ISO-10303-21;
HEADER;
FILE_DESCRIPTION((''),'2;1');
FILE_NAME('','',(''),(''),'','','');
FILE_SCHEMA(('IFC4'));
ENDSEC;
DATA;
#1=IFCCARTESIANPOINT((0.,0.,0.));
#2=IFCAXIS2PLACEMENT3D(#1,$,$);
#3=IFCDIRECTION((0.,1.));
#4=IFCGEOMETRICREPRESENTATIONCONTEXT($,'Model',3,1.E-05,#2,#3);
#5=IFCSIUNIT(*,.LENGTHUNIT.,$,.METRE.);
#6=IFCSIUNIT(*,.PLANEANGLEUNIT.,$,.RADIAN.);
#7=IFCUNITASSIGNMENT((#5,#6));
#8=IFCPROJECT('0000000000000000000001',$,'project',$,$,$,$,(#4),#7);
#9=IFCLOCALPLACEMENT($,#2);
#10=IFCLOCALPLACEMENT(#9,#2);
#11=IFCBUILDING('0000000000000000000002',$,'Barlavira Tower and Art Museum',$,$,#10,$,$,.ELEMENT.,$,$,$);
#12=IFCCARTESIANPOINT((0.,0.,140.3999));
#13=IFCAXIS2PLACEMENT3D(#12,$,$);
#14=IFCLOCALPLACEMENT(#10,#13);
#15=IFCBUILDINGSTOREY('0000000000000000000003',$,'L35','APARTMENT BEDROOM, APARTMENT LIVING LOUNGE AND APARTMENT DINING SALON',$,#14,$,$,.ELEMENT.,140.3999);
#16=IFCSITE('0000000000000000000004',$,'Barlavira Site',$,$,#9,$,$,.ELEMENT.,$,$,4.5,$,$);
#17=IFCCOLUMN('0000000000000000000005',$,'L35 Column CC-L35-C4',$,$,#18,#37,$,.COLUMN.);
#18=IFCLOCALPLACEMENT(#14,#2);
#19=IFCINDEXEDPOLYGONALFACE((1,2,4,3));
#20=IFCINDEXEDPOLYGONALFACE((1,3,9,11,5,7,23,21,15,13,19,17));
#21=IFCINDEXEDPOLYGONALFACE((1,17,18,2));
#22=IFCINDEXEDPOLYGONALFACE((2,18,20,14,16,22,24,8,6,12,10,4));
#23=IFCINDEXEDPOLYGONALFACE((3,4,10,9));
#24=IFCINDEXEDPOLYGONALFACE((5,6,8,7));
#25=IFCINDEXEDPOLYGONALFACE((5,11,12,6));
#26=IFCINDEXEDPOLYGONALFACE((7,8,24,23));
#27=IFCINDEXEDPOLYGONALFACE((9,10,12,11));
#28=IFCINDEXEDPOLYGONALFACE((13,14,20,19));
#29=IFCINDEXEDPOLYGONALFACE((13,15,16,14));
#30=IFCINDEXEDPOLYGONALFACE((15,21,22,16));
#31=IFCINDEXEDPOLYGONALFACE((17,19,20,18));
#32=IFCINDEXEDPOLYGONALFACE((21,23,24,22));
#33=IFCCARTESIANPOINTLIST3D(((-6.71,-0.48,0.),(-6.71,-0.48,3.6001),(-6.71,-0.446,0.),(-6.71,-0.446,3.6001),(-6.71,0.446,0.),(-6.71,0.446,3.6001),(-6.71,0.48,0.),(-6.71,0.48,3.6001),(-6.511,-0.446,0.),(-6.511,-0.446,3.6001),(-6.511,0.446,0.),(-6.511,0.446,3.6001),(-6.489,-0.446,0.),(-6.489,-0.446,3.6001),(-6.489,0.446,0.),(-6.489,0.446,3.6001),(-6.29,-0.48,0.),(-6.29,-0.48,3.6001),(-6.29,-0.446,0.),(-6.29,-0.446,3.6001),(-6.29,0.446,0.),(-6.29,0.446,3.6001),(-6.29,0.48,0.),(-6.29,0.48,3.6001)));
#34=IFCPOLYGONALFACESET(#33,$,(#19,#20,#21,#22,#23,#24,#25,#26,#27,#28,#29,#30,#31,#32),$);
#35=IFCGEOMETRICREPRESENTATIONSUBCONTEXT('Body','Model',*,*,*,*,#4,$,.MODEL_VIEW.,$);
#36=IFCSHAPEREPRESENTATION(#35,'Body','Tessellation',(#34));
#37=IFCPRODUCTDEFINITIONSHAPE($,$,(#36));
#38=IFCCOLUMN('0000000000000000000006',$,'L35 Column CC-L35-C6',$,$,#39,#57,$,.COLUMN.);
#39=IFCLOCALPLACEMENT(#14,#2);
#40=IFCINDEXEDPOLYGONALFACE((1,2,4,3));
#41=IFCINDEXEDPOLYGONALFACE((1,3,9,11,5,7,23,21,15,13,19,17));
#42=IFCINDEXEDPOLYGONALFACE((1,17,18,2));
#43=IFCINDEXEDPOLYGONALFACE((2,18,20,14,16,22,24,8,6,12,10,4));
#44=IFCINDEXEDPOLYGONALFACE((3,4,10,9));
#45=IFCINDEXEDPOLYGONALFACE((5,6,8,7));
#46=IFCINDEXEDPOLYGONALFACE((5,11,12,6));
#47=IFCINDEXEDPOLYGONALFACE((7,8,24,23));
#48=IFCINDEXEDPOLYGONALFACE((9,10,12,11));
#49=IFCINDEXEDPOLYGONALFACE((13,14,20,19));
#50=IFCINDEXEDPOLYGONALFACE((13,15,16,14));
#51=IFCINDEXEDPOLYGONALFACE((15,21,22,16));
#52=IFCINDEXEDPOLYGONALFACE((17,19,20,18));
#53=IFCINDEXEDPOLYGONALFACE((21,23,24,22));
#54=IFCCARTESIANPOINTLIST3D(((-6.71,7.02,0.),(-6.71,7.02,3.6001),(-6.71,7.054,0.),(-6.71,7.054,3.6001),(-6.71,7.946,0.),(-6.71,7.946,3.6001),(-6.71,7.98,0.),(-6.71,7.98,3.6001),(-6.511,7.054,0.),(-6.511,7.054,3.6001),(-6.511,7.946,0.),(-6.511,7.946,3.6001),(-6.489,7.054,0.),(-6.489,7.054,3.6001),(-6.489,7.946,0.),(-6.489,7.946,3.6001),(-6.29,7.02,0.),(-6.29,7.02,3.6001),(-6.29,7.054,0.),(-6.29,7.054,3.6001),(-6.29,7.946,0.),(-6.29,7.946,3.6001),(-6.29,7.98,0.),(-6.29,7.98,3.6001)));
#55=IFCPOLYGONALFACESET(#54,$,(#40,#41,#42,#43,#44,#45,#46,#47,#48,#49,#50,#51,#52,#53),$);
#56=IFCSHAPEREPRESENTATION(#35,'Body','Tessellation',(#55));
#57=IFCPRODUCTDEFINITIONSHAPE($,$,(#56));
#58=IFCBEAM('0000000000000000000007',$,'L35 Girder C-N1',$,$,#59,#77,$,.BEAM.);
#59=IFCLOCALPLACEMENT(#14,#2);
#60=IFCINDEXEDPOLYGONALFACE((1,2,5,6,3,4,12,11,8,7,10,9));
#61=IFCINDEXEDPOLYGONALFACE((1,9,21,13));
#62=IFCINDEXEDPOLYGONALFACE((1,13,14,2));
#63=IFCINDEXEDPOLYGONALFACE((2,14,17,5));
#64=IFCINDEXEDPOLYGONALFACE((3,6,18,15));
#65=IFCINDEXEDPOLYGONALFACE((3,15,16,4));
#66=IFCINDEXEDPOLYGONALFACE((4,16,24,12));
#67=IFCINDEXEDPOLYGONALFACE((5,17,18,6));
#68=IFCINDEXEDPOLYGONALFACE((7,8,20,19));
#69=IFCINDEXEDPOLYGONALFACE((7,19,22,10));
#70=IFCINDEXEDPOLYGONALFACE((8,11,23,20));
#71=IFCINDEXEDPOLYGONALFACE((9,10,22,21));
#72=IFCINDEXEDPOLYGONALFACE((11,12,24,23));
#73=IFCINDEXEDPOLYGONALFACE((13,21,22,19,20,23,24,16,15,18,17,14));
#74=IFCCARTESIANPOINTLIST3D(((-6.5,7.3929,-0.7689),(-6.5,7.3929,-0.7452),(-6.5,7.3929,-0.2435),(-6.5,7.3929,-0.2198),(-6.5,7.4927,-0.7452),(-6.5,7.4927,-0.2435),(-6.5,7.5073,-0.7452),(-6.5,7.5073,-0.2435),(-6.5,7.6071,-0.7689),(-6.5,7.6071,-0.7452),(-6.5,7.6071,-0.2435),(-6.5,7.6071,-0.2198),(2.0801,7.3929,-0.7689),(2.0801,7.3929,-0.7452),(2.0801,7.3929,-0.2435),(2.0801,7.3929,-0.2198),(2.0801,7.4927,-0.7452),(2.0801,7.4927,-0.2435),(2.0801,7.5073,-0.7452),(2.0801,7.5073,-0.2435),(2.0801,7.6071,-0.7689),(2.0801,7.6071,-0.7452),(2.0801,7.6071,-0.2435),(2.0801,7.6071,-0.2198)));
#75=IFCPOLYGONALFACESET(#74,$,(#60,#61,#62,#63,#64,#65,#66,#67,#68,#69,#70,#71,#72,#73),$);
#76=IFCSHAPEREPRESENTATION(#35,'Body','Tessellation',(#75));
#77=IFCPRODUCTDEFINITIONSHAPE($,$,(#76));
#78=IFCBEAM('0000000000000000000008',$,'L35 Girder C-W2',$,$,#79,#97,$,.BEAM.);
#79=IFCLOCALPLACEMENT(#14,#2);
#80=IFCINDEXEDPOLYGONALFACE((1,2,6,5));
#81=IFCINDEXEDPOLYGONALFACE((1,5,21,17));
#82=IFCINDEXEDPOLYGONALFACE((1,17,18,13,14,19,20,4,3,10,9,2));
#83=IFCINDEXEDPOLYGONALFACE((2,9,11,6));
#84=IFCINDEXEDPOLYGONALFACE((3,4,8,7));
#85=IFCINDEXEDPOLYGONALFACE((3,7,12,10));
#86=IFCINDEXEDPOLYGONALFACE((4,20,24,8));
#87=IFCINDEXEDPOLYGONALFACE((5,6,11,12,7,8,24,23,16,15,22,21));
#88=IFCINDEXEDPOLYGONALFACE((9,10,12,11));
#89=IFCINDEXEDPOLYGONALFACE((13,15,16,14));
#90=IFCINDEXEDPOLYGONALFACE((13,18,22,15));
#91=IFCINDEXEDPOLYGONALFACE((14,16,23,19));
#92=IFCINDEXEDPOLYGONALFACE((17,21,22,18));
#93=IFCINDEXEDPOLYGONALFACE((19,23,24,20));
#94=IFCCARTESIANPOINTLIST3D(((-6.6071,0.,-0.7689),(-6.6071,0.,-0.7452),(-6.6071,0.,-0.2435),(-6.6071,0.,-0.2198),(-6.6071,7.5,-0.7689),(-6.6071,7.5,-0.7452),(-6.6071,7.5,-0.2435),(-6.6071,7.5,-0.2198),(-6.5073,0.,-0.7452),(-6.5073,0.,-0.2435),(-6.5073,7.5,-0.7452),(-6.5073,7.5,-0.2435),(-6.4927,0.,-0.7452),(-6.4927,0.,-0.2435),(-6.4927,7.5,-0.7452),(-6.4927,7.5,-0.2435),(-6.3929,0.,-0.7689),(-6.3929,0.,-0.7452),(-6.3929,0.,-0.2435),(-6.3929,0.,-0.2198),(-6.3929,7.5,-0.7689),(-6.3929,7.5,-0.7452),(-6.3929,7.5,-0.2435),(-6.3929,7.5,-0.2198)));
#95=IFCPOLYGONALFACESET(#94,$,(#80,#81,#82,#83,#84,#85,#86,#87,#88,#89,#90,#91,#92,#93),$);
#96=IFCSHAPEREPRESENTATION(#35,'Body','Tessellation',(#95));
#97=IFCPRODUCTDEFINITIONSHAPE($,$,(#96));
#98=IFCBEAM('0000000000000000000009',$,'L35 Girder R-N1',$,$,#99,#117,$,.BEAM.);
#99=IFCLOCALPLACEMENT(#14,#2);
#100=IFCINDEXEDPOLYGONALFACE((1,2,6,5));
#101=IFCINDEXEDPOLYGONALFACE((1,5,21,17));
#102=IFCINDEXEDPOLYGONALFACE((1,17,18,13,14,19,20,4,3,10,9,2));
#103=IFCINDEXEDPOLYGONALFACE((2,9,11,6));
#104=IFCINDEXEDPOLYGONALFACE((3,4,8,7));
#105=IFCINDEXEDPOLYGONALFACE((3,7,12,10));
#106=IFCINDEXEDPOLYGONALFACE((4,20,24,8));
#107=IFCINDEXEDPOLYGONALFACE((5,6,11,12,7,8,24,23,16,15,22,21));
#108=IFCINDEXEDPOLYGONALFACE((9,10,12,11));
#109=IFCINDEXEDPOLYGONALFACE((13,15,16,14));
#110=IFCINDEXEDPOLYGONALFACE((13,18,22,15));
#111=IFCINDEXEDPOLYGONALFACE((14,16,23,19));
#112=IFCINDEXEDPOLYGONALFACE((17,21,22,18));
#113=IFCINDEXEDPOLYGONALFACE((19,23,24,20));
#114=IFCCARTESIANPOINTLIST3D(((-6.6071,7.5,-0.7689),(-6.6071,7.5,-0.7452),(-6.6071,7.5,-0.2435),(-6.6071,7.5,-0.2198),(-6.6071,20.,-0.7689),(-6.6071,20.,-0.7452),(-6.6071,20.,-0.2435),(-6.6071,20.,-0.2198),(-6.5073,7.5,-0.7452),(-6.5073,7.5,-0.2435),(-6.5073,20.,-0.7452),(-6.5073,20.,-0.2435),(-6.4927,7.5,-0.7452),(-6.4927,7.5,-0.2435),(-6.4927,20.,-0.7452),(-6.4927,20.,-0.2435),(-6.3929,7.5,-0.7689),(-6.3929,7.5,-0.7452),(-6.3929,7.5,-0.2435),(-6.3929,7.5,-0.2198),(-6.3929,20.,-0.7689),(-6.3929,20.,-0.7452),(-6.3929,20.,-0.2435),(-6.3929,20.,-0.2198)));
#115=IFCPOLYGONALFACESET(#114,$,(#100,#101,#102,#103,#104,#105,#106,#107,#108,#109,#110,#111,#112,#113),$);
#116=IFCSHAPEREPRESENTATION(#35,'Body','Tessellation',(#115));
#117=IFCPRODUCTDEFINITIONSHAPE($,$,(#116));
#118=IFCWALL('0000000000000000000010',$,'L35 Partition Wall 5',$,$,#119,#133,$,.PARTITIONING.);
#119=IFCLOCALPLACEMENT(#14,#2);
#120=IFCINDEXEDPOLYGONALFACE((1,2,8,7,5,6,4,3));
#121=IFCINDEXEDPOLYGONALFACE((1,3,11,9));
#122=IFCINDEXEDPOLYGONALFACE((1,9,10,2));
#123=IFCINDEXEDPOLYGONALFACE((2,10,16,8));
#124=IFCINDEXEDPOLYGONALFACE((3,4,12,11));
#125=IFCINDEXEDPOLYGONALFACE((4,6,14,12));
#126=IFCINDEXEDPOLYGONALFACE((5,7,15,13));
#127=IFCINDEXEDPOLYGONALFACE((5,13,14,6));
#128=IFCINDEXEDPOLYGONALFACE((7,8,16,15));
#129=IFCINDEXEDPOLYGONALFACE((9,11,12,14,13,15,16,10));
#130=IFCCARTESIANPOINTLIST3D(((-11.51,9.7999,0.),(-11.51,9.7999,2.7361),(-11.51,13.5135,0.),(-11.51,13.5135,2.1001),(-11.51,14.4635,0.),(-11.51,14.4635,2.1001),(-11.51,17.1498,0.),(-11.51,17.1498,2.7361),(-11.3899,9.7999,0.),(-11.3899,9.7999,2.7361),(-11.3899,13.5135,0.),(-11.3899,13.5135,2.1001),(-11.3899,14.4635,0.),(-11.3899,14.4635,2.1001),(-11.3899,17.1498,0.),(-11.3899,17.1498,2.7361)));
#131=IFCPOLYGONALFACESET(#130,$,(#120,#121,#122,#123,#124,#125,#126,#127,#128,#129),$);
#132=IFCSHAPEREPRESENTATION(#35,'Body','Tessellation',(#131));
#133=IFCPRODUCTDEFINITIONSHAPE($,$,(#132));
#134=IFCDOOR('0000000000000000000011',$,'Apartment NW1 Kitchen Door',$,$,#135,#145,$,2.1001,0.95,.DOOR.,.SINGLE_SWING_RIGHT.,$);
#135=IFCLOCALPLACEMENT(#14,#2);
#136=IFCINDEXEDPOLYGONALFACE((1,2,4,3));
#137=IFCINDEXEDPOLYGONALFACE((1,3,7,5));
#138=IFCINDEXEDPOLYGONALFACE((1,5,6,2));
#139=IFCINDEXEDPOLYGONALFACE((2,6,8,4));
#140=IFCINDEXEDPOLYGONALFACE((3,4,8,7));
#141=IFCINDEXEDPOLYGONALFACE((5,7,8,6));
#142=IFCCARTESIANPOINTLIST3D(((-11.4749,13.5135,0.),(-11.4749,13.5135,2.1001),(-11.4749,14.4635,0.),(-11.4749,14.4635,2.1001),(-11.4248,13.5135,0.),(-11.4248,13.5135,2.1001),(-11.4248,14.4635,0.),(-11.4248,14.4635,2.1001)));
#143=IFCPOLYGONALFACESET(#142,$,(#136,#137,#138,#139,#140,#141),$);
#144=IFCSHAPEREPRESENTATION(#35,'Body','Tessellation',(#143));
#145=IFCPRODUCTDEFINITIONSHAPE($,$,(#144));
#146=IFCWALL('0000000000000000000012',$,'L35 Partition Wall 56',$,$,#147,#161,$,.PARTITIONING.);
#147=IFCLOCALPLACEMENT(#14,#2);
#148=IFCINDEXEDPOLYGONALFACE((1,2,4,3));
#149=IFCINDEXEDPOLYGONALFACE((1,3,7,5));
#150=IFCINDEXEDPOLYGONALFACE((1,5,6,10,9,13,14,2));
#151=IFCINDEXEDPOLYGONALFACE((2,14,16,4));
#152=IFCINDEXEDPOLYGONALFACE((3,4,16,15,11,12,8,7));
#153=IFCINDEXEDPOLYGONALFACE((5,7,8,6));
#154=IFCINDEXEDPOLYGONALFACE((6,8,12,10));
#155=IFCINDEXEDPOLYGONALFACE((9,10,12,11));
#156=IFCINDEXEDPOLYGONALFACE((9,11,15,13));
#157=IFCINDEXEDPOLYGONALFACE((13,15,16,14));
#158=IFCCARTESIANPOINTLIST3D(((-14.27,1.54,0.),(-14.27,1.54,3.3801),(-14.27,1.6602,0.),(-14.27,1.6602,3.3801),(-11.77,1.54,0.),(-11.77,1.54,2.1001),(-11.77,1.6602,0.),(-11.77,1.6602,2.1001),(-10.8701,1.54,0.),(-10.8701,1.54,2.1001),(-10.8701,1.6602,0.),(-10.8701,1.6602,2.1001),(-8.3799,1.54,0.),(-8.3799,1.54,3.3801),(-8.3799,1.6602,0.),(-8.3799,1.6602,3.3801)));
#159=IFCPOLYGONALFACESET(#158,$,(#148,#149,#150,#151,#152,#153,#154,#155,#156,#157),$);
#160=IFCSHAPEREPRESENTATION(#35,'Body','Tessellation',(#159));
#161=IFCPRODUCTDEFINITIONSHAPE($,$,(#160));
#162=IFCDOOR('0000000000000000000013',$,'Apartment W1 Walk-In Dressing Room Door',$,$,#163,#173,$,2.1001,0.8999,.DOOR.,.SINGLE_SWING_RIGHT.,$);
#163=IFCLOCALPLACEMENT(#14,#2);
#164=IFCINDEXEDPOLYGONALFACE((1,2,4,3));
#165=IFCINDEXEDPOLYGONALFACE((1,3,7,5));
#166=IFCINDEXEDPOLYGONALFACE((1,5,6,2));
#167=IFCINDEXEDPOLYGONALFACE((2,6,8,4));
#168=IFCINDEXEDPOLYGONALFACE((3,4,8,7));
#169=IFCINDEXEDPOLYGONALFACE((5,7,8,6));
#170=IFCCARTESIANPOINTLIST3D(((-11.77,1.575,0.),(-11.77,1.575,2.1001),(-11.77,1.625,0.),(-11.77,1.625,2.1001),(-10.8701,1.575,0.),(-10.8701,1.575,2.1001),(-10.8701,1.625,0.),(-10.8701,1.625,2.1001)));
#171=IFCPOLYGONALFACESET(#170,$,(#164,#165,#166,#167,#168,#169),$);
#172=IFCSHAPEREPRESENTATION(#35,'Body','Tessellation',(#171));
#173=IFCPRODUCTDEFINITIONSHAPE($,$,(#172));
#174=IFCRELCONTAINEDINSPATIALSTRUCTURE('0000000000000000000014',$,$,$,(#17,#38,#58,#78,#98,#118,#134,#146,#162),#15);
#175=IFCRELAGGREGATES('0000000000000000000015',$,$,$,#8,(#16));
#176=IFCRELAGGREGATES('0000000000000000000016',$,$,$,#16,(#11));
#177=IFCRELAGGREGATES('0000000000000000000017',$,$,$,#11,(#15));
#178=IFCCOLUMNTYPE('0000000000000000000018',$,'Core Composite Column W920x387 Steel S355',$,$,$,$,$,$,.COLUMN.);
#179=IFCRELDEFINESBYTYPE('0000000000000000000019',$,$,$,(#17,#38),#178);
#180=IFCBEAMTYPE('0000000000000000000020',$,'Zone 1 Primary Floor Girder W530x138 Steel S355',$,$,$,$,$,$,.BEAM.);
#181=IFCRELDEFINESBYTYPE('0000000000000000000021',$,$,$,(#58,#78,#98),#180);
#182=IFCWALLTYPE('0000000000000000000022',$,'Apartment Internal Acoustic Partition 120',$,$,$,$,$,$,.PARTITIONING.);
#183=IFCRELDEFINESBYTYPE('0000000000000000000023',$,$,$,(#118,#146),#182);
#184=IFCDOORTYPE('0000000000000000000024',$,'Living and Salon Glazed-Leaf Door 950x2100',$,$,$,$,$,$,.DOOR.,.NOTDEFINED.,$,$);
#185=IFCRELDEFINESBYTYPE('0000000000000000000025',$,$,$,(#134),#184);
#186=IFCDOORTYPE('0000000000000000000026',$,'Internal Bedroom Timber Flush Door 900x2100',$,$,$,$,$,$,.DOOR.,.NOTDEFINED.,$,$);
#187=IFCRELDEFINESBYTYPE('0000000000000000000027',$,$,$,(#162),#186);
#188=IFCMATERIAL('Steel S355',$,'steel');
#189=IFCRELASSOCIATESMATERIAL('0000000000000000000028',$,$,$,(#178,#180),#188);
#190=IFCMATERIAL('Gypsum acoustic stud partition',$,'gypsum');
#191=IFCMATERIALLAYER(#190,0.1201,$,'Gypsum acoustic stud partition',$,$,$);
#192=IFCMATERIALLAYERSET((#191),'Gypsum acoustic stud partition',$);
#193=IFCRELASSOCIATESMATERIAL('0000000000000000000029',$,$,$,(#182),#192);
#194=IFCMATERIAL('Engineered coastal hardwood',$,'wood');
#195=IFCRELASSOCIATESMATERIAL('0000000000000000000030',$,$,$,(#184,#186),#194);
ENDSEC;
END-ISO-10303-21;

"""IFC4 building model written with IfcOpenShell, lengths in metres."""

from ifc_helpers import new_model, si_unit, direction, frame, frame_2d, origin, origin_2d, place, context, subcontext, project, spatial, rectangle, i_section, extrude, material, layer, layer_set, material_profile, profile_set, type_object, element, fill, save


model = new_model("IFC4")

# Units and contexts
model_context = context("Model", 3, precision=1e-05, world=origin(), true_north=direction((0.0, 1.0)))
body_context = subcontext(model_context, "Body", "Model", "MODEL_VIEW")
ifc_project = project(units=[si_unit("LENGTHUNIT", "METRE"), si_unit("PLANEANGLEUNIT", "RADIAN")], contexts=[model_context])

# Site, building, storey
site_placement = place(None, origin())
site = spatial("IfcSite", under=ifc_project, at=site_placement, Name="Barlavira Site", CompositionType="ELEMENT", RefElevation=4.5)
building_placement = place(site_placement, origin())
building = spatial("IfcBuilding", under=site, at=building_placement, Name="Barlavira Tower and Art Museum", CompositionType="ELEMENT")
storey_placement = place(building_placement, frame((0.0, 0.0, 140.3999)))
storey = spatial("IfcBuildingStorey", under=building, at=storey_placement, Name="L35", Description="APARTMENT BEDROOM, APARTMENT LIVING LOUNGE AND APARTMENT DINING SALON", CompositionType="ELEMENT", Elevation=140.3999)

# Columns
ifc_material_1 = material(Name="Steel S355", Category="steel")
ifc_material_profile_1 = material_profile(ifc_material_1, i_section(OverallWidth=0.4199, OverallDepth=0.96, WebThickness=0.022, FlangeThickness=0.0339, at=origin_2d()), Name="W920x387.0")
ifc_profile_set_1 = profile_set([ifc_material_profile_1], Name="Steel S355")
column_type = type_object("IfcColumnType", Name="Core Composite Column W920x387 Steel S355", PredefinedType="COLUMN", material=ifc_profile_set_1)
for number, where, z_axis, x_axis, name in (
    (1, (-6.5, 0.0, 0.0), (0.0, 0.0, 1.0), (1.0, 0.0, 0.0), "L35 Column CC-L35-C4"),
    (2, (-6.5, 7.5, 0.0), (0.0, 0.0, 1.0), (1.0, 0.0, 0.0), "L35 Column CC-L35-C6"),
):
    element("IfcColumn", number, at=place(storey_placement, frame(where, z_axis=z_axis, x_axis=x_axis)), inside=storey, type_object=column_type, Name=name, PredefinedType="COLUMN", context=body_context, shape_type="SweptSolid", body=[
        extrude(i_section(OverallWidth=0.4199, OverallDepth=0.96, WebThickness=0.022, FlangeThickness=0.0339, at=origin_2d()), origin(), (0.0, 0.0, 1.0), 3.6001),
    ])

# Beams
ifc_material_profile_2 = material_profile(ifc_material_1, i_section(OverallWidth=0.2141, OverallDepth=0.5491, WebThickness=0.0146, FlangeThickness=0.0237, at=origin_2d()), Name="W530x138.0")
ifc_profile_set_2 = profile_set([ifc_material_profile_2], Name="Steel S355")
beam_type = type_object("IfcBeamType", Name="Zone 1 Primary Floor Girder W530x138 Steel S355", PredefinedType="BEAM", material=ifc_profile_set_2)
beam_1_placement = place(storey_placement, frame((-6.5, 7.5, -0.4944), z_axis=(1.0, 0.0, 0.0), x_axis=(0.0, 1.0, 0.0)))
element("IfcBeam", 3, at=beam_1_placement, inside=storey, type_object=beam_type, Name="L35 Girder C-N1", PredefinedType="BEAM", context=body_context, shape_type="SweptSolid", body=[
    extrude(i_section(OverallWidth=0.2141, OverallDepth=0.5491, WebThickness=0.0146, FlangeThickness=0.0237, at=origin_2d()), origin(), (0.0, 0.0, 1.0), 8.5801),
])
beam_2_placement = place(storey_placement, frame((-6.5, 0.0, -0.4944), z_axis=(0.0, 1.0, 0.0), x_axis=(-1.0, 0.0, 0.0)))
element("IfcBeam", 4, at=beam_2_placement, inside=storey, type_object=beam_type, Name="L35 Girder C-W2", PredefinedType="BEAM", context=body_context, shape_type="SweptSolid", body=[
    extrude(i_section(OverallWidth=0.2141, OverallDepth=0.5491, WebThickness=0.0146, FlangeThickness=0.0237, at=origin_2d()), origin(), (0.0, 0.0, 1.0), 7.5),
])
beam_3_placement = place(storey_placement, frame((-6.5, 7.5, -0.4944), z_axis=(0.0, 1.0, 0.0), x_axis=(-1.0, 0.0, 0.0)))
element("IfcBeam", 5, at=beam_3_placement, inside=storey, type_object=beam_type, Name="L35 Girder R-N1", PredefinedType="BEAM", context=body_context, shape_type="SweptSolid", body=[
    extrude(i_section(OverallWidth=0.2141, OverallDepth=0.5491, WebThickness=0.0146, FlangeThickness=0.0237, at=origin_2d()), origin(), (0.0, 0.0, 1.0), 12.5),
])

# Walls, openings, doors
ifc_material_2 = material(Name="Gypsum acoustic stud partition", Category="gypsum")
ifc_layer_1 = layer(ifc_material_2, 0.1201, Name="Gypsum acoustic stud partition")
ifc_layer_set_1 = layer_set([ifc_layer_1], Name="Gypsum acoustic stud partition")
wall_type_1 = type_object("IfcWallType", Name="Apartment Internal Acoustic Partition 120", PredefinedType="PARTITIONING", material=ifc_layer_set_1)
wall_1_placement = place(storey_placement, frame((-11.45, 9.8, 0.0), z_axis=(0.0, 0.0, 1.0), x_axis=(0.0, 1.0, 0.0)))
wall_1 = element("IfcWall", 6, at=wall_1_placement, inside=storey, type_object=wall_type_1, Name="L35 Partition Wall 5", PredefinedType="PARTITIONING", context=body_context, shape_type="SweptSolid", body=[
    extrude(rectangle(XDim=7.3499, YDim=0.1201, at=frame_2d((3.6748, 0.0))), origin(), (0.0, 0.0, 1.0), 2.7361),
])
opening_1_placement = place(wall_1_placement, frame((3.7134, 0.0, 0.0)))
opening_1 = element("IfcOpeningElement", 7, at=opening_1_placement, cuts=wall_1, PredefinedType="OPENING", context=body_context, shape_type="SweptSolid", body=[
    extrude(rectangle(XDim=0.95, YDim=2.1001, at=frame_2d((0.4751, 1.05))), frame((0.0, 0.0701, 0.0), z_axis=(0.0, -1.0, 0.0), x_axis=(1.0, 0.0, 0.0)), (0.0, 0.0, 1.0), 0.1401),
])
ifc_material_3 = material(Name="Engineered coastal hardwood", Category="wood")
door_type_1 = type_object("IfcDoorType", Name="Living and Salon Glazed-Leaf Door 950x2100", OperationType="NOTDEFINED", PredefinedType="DOOR", material=ifc_material_3)
door_1_placement = place(opening_1_placement, origin())
door_1 = element("IfcDoor", 8, at=door_1_placement, inside=storey, type_object=door_type_1, Name="Apartment NW1 Kitchen Door", OperationType="SINGLE_SWING_RIGHT", OverallHeight=2.1001, OverallWidth=0.95, PredefinedType="DOOR", context=body_context, shape_type="SweptSolid", body=[
    extrude(rectangle(XDim=0.95, YDim=2.1001, at=frame_2d((0.4751, 1.05))), frame((0.0, 0.0249, 0.0), z_axis=(0.0, -1.0, 0.0), x_axis=(1.0, 0.0, 0.0)), (0.0, 0.0, 1.0), 0.05),
])
fill(opening_1, door_1)
wall_2_placement = place(storey_placement, frame((-14.27, 1.6001, 0.0), z_axis=(0.0, 0.0, 1.0), x_axis=(1.0, 0.0, 0.0)))
wall_2 = element("IfcWall", 9, at=wall_2_placement, inside=storey, type_object=wall_type_1, Name="L35 Partition Wall 56", PredefinedType="PARTITIONING", context=body_context, shape_type="SweptSolid", body=[
    extrude(rectangle(XDim=5.8901, YDim=0.1201, at=frame_2d((2.9451, 0.0))), origin(), (0.0, 0.0, 1.0), 3.3801),
])
opening_2_placement = place(wall_2_placement, frame((2.5, 0.0, 0.0)))
opening_2 = element("IfcOpeningElement", 10, at=opening_2_placement, cuts=wall_2, PredefinedType="OPENING", context=body_context, shape_type="SweptSolid", body=[
    extrude(rectangle(XDim=0.8999, YDim=2.1001, at=frame_2d((0.45, 1.05))), frame((0.0, 0.0701, 0.0), z_axis=(0.0, -1.0, 0.0), x_axis=(1.0, 0.0, 0.0)), (0.0, 0.0, 1.0), 0.1401),
])
door_type_2 = type_object("IfcDoorType", Name="Internal Bedroom Timber Flush Door 900x2100", OperationType="NOTDEFINED", PredefinedType="DOOR", material=ifc_material_3)
door_2_placement = place(opening_2_placement, origin())
door_2 = element("IfcDoor", 11, at=door_2_placement, inside=storey, type_object=door_type_2, Name="Apartment W1 Walk-In Dressing Room Door", OperationType="SINGLE_SWING_RIGHT", OverallHeight=2.1001, OverallWidth=0.8999, PredefinedType="DOOR", context=body_context, shape_type="SweptSolid", body=[
    extrude(rectangle(XDim=0.8999, YDim=2.1001, at=frame_2d((0.45, 1.05))), frame((0.0, 0.0249, 0.0), z_axis=(0.0, -1.0, 0.0), x_axis=(1.0, 0.0, 0.0)), (0.0, 0.0, 1.0), 0.05),
])
fill(opening_2, door_2)

save(model, "model.ifc")
